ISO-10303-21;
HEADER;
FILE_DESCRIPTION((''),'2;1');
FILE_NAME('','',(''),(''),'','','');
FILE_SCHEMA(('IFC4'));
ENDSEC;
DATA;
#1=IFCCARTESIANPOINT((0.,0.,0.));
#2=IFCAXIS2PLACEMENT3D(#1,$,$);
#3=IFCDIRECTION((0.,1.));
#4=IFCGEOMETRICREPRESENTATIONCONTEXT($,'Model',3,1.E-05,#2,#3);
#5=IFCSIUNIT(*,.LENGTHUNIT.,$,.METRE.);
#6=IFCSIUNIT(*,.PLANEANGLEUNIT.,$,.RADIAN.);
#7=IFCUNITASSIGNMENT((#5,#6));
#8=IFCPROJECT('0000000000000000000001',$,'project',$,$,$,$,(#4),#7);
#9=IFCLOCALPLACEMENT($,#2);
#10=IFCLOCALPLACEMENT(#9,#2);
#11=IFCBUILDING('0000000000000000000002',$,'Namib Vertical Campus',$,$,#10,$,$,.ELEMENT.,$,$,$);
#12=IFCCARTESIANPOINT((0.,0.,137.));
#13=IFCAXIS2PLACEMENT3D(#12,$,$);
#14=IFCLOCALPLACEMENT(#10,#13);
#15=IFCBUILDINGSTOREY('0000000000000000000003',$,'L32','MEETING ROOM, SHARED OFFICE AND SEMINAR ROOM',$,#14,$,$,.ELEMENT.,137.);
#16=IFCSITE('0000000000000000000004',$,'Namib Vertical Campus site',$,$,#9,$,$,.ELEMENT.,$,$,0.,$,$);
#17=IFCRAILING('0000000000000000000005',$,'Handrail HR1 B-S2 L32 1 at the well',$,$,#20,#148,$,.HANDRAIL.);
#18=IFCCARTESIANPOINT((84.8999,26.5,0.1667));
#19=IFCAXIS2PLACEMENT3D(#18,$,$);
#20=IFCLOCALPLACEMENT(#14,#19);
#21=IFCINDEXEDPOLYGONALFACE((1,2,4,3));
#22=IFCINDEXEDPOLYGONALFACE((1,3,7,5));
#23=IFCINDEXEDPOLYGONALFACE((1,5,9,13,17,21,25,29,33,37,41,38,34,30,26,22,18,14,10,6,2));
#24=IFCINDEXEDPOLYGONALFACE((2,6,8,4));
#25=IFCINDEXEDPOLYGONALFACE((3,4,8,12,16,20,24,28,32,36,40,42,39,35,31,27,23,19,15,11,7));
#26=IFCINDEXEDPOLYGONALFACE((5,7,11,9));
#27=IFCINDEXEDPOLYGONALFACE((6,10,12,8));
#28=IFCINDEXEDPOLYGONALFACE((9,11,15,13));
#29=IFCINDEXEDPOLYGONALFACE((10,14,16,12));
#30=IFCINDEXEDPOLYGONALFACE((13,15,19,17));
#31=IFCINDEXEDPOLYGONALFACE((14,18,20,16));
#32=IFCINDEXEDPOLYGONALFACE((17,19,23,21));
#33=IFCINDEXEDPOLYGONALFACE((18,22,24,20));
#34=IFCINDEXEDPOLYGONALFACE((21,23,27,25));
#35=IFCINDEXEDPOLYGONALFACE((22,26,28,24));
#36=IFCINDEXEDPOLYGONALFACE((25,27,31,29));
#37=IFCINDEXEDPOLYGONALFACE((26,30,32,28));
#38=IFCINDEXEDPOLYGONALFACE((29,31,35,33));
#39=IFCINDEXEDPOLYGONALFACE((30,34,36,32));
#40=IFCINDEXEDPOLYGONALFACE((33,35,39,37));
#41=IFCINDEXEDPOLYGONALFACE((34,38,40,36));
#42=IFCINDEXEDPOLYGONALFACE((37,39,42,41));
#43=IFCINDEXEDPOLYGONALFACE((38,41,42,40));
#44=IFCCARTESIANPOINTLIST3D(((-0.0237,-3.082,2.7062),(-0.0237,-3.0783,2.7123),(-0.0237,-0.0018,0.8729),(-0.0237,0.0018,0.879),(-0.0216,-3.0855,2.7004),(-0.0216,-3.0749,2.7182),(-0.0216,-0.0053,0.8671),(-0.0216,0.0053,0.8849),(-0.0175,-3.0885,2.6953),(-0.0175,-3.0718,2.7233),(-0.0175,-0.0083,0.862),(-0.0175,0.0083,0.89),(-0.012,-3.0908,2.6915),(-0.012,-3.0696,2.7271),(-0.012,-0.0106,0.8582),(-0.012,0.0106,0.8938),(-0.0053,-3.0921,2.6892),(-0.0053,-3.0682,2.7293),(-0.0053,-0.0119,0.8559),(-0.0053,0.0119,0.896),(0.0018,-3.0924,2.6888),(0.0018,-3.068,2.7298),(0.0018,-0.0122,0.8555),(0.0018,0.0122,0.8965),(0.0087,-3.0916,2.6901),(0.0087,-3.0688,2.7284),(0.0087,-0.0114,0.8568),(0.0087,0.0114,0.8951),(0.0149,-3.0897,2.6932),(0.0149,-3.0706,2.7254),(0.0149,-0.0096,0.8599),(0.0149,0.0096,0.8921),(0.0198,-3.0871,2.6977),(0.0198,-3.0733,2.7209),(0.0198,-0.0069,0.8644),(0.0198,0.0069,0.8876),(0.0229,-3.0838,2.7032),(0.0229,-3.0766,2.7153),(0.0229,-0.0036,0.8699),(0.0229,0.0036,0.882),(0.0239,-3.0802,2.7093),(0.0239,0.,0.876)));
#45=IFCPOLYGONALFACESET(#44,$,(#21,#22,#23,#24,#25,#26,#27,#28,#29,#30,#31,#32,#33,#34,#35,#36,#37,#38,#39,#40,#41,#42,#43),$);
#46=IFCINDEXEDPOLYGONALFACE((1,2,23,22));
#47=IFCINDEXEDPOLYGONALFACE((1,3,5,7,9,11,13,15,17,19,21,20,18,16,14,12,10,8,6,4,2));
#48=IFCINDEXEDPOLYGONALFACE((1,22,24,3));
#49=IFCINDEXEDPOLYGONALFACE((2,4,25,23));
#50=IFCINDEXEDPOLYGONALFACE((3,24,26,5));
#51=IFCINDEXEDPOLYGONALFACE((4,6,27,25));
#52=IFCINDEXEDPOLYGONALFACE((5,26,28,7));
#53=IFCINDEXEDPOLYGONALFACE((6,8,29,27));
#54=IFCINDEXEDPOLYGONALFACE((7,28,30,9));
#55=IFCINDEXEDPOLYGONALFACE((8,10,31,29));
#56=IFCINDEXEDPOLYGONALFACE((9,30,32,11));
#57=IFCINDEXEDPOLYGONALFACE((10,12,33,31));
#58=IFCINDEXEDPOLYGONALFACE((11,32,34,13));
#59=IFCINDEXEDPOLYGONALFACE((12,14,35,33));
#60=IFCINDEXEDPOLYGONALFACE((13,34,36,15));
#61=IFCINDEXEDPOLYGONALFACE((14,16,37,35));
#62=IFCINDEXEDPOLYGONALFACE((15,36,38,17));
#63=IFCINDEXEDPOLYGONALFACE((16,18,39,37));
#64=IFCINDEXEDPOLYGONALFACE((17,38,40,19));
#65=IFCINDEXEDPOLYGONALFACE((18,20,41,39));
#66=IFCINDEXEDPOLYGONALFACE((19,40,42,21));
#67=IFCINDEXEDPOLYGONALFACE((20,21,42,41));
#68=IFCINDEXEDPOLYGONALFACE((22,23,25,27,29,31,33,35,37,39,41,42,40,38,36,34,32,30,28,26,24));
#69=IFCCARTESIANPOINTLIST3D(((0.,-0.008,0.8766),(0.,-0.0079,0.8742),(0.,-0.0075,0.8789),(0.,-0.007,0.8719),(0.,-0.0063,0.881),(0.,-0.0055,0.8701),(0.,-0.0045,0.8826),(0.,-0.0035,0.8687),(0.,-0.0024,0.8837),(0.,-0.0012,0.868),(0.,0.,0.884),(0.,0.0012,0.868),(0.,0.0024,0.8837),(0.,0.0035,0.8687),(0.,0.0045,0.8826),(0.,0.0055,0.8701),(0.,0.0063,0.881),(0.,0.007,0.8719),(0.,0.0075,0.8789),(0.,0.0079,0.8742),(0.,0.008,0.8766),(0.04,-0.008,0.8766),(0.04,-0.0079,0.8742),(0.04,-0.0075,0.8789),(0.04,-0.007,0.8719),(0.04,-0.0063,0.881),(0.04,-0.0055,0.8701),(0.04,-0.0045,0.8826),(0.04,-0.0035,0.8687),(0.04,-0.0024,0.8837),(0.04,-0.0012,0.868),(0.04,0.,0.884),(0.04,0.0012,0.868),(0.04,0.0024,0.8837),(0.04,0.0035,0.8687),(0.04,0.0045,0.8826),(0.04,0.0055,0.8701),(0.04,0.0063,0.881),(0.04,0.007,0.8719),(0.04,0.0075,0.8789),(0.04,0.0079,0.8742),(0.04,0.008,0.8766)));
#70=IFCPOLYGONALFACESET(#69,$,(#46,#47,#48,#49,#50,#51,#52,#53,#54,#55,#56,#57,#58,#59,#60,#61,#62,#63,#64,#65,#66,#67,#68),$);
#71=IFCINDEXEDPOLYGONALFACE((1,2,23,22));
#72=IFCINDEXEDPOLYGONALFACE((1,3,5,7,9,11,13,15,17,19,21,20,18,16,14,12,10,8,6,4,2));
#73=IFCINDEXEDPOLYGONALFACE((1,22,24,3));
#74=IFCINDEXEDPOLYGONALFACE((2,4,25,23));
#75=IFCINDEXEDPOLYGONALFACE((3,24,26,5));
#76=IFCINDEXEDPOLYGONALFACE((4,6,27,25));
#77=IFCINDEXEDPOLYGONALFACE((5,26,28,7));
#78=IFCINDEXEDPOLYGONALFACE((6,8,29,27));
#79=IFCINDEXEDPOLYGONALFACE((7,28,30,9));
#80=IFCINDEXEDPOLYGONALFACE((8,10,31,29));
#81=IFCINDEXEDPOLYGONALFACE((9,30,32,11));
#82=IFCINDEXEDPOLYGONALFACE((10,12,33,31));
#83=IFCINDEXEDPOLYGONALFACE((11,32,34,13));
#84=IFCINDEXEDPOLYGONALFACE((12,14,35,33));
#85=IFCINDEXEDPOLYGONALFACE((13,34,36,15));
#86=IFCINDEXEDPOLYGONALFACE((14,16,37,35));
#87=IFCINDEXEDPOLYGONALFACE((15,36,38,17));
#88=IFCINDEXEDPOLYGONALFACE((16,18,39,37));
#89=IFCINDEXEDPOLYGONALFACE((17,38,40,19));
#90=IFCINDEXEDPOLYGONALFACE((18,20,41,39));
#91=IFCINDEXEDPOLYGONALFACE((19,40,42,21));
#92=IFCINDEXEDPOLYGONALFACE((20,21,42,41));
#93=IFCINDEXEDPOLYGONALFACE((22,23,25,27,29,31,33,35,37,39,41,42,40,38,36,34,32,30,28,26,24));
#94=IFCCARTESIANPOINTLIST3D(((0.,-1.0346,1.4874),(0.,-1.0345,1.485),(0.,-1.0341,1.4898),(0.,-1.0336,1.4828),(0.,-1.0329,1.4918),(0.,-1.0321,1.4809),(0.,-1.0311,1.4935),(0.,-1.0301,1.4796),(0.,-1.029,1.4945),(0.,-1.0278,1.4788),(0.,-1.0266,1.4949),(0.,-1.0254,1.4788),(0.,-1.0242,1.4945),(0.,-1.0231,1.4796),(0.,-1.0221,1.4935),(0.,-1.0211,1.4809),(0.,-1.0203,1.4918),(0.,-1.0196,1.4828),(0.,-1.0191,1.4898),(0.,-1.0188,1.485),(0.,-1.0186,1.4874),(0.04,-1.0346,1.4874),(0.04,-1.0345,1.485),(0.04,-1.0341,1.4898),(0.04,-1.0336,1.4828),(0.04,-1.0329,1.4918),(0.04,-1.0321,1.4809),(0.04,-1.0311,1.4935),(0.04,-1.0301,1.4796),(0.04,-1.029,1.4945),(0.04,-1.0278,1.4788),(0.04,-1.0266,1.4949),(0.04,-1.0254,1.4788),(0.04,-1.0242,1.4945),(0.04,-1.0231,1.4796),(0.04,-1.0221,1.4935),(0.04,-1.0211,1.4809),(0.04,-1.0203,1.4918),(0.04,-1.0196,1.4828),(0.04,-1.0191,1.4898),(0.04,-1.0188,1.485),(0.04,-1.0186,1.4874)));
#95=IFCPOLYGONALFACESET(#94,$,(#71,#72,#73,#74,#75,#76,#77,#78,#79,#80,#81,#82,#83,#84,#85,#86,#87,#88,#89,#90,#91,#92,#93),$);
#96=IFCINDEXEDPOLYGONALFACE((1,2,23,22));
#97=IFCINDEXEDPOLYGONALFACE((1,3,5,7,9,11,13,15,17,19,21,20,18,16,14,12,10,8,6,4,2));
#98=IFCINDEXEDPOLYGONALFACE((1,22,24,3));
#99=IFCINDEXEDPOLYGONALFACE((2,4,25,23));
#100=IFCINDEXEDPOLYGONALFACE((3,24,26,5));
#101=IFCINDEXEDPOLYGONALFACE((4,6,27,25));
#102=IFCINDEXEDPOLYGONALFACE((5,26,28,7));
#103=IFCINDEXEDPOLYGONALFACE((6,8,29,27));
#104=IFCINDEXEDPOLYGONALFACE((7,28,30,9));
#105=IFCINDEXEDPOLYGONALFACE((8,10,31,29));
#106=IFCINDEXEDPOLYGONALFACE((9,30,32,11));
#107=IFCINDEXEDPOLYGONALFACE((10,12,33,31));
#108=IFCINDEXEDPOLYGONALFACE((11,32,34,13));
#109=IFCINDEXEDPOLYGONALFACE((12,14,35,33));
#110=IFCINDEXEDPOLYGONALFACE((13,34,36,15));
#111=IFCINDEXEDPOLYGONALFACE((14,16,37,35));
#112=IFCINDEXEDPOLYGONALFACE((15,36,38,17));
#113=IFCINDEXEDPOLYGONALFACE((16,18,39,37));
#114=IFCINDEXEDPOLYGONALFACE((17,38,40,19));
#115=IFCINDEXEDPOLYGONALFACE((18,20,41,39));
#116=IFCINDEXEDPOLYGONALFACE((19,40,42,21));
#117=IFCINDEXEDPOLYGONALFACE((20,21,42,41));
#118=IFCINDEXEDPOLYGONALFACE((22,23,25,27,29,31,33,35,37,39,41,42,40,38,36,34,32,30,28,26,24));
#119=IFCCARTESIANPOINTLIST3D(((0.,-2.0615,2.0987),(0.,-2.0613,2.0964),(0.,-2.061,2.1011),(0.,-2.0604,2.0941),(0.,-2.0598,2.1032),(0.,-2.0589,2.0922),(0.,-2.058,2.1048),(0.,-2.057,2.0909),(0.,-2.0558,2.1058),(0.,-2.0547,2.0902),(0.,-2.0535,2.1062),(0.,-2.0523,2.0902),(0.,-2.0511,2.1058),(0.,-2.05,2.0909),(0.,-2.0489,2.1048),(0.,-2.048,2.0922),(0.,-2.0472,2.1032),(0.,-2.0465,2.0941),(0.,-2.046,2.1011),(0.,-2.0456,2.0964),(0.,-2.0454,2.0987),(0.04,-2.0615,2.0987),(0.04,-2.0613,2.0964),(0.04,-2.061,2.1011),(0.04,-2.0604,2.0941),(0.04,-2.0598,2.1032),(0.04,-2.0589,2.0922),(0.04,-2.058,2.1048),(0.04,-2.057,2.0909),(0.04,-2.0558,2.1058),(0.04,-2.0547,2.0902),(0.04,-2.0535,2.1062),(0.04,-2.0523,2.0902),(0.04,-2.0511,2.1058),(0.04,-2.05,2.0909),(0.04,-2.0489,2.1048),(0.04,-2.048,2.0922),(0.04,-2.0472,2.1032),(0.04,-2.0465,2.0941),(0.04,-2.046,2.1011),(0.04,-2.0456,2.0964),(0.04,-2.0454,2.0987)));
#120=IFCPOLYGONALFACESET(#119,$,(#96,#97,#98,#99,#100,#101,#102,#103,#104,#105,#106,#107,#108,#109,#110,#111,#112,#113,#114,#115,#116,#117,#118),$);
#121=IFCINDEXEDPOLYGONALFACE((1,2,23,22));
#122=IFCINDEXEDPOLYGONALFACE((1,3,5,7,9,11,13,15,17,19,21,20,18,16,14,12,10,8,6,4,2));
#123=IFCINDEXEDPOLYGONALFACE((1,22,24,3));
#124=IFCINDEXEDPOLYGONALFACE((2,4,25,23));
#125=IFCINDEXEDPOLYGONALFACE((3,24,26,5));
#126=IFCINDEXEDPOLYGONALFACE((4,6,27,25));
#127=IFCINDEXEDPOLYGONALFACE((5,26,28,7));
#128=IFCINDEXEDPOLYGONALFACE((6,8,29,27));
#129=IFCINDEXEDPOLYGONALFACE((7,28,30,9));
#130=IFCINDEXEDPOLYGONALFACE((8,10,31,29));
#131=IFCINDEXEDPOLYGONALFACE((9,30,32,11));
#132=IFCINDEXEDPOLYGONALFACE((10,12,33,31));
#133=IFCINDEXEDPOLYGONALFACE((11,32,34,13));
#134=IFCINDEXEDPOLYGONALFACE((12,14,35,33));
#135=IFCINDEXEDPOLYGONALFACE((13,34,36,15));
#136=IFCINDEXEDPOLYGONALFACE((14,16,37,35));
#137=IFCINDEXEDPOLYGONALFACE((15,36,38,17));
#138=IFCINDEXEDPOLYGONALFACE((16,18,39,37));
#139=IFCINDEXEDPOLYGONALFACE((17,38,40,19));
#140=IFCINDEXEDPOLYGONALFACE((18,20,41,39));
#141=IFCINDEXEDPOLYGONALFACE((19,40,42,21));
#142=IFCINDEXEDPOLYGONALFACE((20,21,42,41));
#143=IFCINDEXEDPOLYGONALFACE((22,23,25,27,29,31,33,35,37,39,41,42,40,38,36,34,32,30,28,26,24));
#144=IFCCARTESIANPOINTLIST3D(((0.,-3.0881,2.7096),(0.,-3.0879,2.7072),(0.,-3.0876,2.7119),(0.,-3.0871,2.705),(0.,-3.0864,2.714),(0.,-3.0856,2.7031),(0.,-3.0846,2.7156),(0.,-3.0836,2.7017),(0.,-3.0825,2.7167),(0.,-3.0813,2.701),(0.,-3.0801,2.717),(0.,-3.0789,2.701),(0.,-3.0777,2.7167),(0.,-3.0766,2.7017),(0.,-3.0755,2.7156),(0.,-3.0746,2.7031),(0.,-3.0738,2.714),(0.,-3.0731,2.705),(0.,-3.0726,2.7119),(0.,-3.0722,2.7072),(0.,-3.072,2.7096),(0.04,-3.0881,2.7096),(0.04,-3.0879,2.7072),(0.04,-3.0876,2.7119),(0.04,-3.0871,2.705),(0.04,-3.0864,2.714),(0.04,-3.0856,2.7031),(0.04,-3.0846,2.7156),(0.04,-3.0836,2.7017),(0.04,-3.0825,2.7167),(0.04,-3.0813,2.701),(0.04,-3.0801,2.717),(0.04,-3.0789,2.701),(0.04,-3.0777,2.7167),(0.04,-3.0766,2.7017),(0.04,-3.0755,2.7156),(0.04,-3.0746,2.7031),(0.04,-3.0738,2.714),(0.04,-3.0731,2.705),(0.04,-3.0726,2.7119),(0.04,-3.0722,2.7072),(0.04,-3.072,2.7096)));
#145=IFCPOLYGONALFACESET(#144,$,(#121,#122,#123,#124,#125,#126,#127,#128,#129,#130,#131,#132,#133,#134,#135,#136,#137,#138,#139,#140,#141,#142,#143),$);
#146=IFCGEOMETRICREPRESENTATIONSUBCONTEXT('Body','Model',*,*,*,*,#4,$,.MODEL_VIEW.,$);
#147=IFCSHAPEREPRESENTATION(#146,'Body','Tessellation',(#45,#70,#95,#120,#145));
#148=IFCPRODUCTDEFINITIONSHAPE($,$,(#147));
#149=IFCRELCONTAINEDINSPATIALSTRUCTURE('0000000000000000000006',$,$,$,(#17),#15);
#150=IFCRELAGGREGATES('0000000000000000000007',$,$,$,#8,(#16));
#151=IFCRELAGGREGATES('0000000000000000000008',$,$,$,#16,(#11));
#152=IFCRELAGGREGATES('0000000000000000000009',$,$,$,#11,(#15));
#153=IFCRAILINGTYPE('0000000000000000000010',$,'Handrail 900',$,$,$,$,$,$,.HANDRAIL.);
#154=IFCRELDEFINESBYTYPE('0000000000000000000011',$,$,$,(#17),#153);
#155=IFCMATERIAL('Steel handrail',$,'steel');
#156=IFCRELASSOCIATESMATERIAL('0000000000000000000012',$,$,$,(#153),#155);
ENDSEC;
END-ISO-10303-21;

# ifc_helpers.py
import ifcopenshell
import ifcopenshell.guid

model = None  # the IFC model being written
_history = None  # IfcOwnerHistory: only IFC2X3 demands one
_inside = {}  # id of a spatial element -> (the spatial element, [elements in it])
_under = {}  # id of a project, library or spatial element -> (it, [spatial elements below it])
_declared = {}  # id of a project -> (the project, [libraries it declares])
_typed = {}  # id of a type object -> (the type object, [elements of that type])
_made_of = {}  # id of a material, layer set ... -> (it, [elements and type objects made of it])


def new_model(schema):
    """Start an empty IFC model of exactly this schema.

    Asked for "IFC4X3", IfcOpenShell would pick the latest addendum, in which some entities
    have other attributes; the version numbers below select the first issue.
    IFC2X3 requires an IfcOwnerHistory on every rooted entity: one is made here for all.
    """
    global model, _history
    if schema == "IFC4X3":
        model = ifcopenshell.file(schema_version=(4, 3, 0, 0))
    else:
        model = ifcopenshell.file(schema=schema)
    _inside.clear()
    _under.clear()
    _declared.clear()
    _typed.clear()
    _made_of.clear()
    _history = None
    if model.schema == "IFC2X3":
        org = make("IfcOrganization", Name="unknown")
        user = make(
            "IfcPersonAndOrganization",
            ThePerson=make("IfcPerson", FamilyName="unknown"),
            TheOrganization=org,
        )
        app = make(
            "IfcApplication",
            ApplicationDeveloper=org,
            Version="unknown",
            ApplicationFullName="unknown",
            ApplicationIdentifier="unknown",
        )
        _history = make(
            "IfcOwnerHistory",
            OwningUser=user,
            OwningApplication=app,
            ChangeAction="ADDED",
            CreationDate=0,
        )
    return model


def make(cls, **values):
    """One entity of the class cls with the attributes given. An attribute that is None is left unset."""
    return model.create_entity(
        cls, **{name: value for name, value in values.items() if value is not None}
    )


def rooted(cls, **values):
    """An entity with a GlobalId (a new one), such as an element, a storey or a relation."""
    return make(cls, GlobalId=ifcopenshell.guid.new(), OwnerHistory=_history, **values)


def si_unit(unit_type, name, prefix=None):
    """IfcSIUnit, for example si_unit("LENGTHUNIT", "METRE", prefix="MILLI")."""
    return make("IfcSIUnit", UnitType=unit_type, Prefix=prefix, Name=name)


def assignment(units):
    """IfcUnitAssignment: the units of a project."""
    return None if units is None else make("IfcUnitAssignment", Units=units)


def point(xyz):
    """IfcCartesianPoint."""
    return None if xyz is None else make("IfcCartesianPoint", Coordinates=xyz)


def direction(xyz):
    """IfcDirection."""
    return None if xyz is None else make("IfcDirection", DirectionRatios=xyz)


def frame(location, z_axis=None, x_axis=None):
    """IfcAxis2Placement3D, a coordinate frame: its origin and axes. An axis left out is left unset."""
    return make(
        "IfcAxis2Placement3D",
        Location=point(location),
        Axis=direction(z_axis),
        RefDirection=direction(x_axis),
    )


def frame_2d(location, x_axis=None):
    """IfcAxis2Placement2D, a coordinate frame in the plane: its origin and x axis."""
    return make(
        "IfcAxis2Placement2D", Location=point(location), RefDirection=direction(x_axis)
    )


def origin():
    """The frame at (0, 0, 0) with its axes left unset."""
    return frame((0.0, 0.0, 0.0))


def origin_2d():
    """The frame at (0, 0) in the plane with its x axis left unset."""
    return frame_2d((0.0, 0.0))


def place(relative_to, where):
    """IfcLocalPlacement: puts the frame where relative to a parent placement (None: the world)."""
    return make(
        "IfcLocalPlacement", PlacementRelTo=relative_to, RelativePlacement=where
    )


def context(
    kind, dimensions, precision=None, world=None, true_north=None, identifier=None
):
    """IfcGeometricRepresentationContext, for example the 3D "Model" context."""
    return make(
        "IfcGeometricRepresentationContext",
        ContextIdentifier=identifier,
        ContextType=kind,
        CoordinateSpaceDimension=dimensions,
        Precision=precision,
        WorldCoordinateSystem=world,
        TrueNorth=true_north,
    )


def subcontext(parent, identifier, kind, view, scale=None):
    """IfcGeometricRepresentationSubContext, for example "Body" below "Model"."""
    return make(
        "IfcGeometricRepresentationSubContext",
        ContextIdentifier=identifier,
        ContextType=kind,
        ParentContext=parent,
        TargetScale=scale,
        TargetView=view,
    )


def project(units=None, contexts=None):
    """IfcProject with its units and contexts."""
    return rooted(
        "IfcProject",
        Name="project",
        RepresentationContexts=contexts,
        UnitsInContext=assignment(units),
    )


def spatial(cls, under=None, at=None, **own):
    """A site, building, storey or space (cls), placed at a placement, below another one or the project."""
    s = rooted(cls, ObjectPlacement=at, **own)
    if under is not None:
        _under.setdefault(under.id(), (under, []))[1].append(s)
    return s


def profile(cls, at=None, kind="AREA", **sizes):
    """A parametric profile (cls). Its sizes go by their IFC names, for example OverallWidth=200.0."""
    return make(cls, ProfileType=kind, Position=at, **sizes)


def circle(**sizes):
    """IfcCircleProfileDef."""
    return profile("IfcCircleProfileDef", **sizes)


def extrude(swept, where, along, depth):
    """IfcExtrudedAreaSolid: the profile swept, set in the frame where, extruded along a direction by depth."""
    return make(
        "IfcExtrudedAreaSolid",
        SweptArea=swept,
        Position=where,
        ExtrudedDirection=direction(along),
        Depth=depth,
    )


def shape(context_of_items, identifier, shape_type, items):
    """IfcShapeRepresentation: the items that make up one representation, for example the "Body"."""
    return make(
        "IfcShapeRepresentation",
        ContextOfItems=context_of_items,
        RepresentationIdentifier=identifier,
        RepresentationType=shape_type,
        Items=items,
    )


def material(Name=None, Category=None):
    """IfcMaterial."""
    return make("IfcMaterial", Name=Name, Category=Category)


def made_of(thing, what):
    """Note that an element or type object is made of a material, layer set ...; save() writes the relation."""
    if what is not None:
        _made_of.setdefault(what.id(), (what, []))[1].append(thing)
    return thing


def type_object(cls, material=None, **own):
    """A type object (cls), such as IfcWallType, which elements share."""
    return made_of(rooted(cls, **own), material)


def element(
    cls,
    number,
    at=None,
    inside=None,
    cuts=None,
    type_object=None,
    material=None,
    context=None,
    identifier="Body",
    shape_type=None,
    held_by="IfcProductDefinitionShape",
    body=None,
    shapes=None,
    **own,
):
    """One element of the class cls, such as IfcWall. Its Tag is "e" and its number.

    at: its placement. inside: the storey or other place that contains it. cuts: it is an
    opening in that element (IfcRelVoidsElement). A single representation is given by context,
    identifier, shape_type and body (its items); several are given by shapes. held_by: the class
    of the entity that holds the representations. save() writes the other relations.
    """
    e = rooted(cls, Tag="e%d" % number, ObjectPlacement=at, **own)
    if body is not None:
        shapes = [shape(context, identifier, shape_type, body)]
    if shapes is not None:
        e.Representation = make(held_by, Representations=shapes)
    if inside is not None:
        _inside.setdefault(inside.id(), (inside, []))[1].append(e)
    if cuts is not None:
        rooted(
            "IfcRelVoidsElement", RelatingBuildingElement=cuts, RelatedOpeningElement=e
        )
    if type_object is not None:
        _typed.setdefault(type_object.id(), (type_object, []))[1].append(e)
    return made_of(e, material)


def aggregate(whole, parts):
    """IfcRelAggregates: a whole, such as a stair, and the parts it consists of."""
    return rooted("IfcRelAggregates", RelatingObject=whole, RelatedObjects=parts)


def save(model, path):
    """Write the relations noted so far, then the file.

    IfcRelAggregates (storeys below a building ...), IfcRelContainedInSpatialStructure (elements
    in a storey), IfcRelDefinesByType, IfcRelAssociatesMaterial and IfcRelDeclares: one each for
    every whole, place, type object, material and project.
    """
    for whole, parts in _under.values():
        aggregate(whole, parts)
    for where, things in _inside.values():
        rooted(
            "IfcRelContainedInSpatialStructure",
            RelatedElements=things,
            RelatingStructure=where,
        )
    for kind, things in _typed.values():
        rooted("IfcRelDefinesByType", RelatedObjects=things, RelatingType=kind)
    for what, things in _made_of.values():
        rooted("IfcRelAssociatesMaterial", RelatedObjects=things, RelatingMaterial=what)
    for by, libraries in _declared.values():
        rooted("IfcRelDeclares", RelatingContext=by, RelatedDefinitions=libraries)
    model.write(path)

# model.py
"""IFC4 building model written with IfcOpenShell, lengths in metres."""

from ifc_helpers import new_model, si_unit, direction, frame, origin, origin_2d, place, context, subcontext, project, spatial, circle, extrude, material, type_object, element, save


model = new_model("IFC4")

# Units and contexts
model_context = context("Model", 3, precision=1e-05, world=origin(), true_north=direction((0.0, 1.0)))
body_context = subcontext(model_context, "Body", "Model", "MODEL_VIEW")
ifc_project = project(units=[si_unit("LENGTHUNIT", "METRE"), si_unit("PLANEANGLEUNIT", "RADIAN")], contexts=[model_context])

# Site, building, storey
site_placement = place(None, origin())
site = spatial("IfcSite", under=ifc_project, at=site_placement, Name="Namib Vertical Campus site", CompositionType="ELEMENT", RefElevation=0.0)
building_placement = place(site_placement, origin())
building = spatial("IfcBuilding", under=site, at=building_placement, Name="Namib Vertical Campus", CompositionType="ELEMENT")
storey_placement = place(building_placement, frame((0.0, 0.0, 137.0)))
storey = spatial("IfcBuildingStorey", under=building, at=storey_placement, Name="L32", Description="MEETING ROOM, SHARED OFFICE AND SEMINAR ROOM", CompositionType="ELEMENT", Elevation=137.0)

# Railing
ifc_material_1 = material(Name="Steel handrail", Category="steel")
railing_type_1 = type_object("IfcRailingType", Name="Handrail 900", PredefinedType="HANDRAIL", material=ifc_material_1)
railing_1_placement = place(storey_placement, frame((84.8999, 26.5, 0.1667)))
element("IfcRailing", 1, at=railing_1_placement, inside=storey, type_object=railing_type_1, Name="Handrail HR1 B-S2 L32 1 at the well", PredefinedType="HANDRAIL", context=body_context, shape_type="SweptSolid", body=[
    extrude(circle(Radius=0.0239, at=origin_2d()), frame((0.0, 0.0, 0.876), z_axis=(0.0, -0.859309, 0.511458), x_axis=(1.0, 0.0, 0.0)), (0.0, 0.0, 1.0), 3.5845),
    extrude(circle(Radius=0.0081, at=origin_2d()), frame((0.0, 0.0, 0.876), z_axis=(1.0, 0.0, 0.0), x_axis=(0.0, 0.0, 1.0)), (0.0, 0.0, 1.0), 0.04),
    extrude(circle(Radius=0.0081, at=origin_2d()), frame((0.0, -1.0266, 1.4868), z_axis=(1.0, 0.0, 0.0), x_axis=(0.0, 0.0, 1.0)), (0.0, 0.0, 1.0), 0.04),
    extrude(circle(Radius=0.0081, at=origin_2d()), frame((0.0, -2.0535, 2.0981), z_axis=(1.0, 0.0, 0.0), x_axis=(0.0, 0.0, 1.0)), (0.0, 0.0, 1.0), 0.04),
    extrude(circle(Radius=0.0081, at=origin_2d()), frame((0.0, -3.0801, 2.709), z_axis=(1.0, 0.0, 0.0), x_axis=(0.0, 0.0, 1.0)), (0.0, 0.0, 1.0), 0.04),
])

save(model, "model.ifc")
